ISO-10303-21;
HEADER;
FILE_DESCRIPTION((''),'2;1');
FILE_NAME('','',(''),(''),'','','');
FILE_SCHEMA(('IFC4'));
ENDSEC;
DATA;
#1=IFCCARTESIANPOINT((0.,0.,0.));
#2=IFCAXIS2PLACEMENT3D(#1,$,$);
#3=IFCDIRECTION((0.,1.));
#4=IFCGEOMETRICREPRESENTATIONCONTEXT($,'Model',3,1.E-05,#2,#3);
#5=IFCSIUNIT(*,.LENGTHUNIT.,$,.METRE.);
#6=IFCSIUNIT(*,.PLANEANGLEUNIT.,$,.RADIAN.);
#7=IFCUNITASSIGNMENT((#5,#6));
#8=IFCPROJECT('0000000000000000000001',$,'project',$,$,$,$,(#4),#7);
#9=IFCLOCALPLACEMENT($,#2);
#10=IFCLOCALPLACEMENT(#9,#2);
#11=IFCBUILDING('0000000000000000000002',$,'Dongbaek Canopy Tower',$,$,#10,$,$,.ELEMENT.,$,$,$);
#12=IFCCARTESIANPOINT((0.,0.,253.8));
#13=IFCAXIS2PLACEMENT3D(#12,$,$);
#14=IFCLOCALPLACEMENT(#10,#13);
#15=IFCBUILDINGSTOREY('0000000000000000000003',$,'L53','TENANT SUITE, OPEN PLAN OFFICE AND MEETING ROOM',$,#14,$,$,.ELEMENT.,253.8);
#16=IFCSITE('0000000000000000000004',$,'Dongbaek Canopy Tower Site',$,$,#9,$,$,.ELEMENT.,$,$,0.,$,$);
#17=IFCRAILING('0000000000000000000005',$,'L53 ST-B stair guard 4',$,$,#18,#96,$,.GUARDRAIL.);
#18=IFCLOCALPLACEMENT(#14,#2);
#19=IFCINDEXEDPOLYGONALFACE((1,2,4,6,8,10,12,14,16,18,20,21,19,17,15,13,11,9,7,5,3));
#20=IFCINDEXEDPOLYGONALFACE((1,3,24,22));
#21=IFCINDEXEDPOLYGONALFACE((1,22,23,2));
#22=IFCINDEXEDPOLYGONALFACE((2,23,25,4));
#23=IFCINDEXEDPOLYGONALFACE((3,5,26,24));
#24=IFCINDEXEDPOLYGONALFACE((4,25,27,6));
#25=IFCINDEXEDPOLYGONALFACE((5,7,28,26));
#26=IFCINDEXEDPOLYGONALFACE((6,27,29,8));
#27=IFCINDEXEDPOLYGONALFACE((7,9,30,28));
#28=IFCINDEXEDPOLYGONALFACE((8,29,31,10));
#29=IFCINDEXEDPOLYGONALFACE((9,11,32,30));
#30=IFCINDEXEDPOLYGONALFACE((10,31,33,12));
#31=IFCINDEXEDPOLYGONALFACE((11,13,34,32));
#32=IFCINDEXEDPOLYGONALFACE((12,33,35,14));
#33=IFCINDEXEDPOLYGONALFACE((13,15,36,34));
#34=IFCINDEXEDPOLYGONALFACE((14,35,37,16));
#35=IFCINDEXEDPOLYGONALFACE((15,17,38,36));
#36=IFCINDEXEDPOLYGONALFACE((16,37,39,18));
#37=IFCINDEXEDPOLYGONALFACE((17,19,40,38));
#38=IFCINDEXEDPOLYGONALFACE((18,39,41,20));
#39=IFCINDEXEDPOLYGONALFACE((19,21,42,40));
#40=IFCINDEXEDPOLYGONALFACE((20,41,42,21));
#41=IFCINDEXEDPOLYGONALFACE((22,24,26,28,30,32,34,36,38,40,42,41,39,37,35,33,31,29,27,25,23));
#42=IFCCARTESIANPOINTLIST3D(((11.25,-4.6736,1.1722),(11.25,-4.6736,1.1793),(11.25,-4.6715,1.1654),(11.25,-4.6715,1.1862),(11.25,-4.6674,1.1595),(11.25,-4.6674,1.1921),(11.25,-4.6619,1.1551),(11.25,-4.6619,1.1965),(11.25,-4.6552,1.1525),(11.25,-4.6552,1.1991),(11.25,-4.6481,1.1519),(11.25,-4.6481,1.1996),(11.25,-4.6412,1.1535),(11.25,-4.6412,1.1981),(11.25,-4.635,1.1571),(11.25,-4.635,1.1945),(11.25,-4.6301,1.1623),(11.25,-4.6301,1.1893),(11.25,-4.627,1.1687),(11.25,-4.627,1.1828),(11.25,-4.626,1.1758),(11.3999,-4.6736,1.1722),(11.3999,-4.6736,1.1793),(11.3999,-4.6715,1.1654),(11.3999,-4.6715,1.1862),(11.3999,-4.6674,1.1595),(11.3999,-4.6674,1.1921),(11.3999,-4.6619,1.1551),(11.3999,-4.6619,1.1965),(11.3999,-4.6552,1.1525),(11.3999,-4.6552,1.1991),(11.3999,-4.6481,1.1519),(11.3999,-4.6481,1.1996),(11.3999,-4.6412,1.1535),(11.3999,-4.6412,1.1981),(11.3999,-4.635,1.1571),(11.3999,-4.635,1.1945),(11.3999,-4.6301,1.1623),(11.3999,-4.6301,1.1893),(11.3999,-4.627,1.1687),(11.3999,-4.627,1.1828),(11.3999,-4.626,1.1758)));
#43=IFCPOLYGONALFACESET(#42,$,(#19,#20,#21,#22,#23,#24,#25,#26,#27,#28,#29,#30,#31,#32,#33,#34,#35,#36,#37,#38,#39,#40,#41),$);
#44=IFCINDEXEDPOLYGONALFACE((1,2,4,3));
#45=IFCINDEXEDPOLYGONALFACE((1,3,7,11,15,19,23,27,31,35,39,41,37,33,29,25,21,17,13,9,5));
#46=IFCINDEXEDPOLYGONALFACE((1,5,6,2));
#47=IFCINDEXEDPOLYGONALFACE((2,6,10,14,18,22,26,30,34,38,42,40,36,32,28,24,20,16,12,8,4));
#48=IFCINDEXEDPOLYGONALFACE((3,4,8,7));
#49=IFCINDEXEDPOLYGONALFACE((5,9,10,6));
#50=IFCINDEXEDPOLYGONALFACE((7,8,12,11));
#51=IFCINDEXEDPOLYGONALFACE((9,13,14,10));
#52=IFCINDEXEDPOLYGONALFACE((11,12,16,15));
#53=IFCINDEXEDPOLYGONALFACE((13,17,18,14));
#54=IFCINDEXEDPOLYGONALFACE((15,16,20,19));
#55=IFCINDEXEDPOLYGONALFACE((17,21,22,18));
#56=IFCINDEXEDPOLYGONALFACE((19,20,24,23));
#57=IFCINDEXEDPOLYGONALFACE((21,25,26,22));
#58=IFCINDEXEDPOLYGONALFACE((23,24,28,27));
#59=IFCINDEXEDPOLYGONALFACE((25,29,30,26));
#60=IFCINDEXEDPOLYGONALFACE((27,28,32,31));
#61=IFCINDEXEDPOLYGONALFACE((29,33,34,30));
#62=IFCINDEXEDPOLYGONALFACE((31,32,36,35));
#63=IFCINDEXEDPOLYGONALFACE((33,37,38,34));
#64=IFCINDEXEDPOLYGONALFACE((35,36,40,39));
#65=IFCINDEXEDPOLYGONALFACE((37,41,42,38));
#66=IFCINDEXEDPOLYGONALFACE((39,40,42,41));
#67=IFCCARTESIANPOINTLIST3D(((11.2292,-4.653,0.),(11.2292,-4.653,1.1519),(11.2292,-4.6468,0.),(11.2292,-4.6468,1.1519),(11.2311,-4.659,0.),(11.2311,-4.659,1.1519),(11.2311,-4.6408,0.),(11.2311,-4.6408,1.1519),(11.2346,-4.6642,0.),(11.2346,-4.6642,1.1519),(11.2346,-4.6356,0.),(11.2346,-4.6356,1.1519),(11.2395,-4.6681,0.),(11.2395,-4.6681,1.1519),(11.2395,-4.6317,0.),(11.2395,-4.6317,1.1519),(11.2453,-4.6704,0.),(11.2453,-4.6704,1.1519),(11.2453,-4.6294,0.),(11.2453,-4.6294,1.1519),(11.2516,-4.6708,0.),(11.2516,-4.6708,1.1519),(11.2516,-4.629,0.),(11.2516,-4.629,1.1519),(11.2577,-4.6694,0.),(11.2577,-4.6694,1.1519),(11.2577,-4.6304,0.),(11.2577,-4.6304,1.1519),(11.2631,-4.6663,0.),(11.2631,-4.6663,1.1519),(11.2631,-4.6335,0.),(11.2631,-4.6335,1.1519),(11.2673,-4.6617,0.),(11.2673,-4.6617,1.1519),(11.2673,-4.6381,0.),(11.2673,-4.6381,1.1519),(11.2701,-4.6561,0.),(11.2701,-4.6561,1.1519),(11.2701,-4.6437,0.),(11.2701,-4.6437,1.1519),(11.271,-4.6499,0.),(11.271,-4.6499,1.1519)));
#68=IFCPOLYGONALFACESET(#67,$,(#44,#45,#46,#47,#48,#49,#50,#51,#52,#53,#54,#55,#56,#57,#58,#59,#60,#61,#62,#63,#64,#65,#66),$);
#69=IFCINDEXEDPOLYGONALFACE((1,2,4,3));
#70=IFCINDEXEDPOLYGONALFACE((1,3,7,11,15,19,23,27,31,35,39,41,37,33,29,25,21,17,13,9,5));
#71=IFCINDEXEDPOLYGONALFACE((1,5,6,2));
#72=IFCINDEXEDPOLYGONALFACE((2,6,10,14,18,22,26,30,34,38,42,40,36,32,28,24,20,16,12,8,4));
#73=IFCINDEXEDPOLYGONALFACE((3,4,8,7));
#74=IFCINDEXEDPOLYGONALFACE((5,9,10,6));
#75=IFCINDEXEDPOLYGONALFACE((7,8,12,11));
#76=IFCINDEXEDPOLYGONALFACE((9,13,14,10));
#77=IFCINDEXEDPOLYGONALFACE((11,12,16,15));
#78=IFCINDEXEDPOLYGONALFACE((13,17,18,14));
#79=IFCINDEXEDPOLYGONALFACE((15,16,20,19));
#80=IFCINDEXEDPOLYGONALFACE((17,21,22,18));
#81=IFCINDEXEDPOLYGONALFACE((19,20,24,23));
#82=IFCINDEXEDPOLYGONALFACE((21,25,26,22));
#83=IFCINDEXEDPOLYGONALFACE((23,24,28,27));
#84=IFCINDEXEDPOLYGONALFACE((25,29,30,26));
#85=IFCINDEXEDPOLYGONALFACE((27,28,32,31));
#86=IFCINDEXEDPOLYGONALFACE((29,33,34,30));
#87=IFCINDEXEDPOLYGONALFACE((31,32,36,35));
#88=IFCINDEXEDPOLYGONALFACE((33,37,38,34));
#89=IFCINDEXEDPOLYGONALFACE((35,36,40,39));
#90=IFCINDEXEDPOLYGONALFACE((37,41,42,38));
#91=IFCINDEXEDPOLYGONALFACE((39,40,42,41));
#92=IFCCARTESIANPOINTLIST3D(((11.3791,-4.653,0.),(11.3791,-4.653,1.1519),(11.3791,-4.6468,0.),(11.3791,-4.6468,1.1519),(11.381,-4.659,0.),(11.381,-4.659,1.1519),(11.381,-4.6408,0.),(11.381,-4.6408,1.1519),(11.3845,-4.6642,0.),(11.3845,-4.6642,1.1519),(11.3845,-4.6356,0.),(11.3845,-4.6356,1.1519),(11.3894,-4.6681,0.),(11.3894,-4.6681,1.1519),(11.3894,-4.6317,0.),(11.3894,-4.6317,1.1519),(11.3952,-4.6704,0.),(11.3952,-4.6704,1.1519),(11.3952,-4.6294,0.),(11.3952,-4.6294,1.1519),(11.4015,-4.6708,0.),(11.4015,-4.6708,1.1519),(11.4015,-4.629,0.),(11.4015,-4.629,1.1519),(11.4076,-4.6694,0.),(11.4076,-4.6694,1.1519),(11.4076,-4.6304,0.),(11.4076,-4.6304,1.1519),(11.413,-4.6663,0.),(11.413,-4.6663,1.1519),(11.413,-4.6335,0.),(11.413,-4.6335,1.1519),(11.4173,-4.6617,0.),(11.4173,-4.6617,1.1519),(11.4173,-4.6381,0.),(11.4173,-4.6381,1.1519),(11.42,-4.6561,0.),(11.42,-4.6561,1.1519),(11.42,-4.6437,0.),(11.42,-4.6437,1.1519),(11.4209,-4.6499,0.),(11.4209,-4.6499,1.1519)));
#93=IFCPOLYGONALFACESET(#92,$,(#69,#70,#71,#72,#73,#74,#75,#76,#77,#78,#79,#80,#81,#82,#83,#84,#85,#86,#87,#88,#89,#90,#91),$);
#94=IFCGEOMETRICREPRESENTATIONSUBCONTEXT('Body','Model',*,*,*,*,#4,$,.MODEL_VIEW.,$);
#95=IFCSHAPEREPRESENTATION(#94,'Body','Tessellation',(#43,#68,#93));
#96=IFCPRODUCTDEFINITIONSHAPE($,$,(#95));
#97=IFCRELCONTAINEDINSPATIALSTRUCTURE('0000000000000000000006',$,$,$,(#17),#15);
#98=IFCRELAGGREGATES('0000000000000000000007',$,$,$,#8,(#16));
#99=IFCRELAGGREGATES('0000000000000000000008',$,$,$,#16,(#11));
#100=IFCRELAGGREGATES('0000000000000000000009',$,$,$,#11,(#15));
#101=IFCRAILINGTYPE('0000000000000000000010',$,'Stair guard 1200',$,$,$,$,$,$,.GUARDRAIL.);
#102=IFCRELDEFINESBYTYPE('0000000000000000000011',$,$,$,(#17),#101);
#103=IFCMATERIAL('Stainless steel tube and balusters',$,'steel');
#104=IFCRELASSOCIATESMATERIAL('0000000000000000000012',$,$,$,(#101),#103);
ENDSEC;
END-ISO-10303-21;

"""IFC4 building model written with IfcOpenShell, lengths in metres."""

from ifc_helpers import new_model, si_unit, direction, frame, origin, origin_2d, place, context, subcontext, project, spatial, circle, extrude, material, type_object, element, save


model = new_model("IFC4")

# Units and contexts
model_context = context("Model", 3, precision=1e-05, world=origin(), true_north=direction((0.0, 1.0)))
body_context = subcontext(model_context, "Body", "Model", "MODEL_VIEW")
ifc_project = project(units=[si_unit("LENGTHUNIT", "METRE"), si_unit("PLANEANGLEUNIT", "RADIAN")], contexts=[model_context])

# Site, building, storey
site_placement = place(None, origin())
site = spatial("IfcSite", under=ifc_project, at=site_placement, Name="Dongbaek Canopy Tower Site", CompositionType="ELEMENT", RefElevation=0.0)
building_placement = place(site_placement, origin())
building = spatial("IfcBuilding", under=site, at=building_placement, Name="Dongbaek Canopy Tower", CompositionType="ELEMENT")
storey_placement = place(building_placement, frame((0.0, 0.0, 253.8)))
storey = spatial("IfcBuildingStorey", under=building, at=storey_placement, Name="L53", Description="TENANT SUITE, OPEN PLAN OFFICE AND MEETING ROOM", CompositionType="ELEMENT", Elevation=253.8)

# Railing
ifc_material_1 = material(Name="Stainless steel tube and balusters", Category="steel")
railing_type_1 = type_object("IfcRailingType", Name="Stair guard 1200", PredefinedType="GUARDRAIL", material=ifc_material_1)
railing_1_placement = place(storey_placement, frame((11.25, -4.6499, 0.0)))
element("IfcRailing", 1, at=railing_1_placement, inside=storey, type_object=railing_type_1, Name="L53 ST-B stair guard 4", PredefinedType="GUARDRAIL", context=body_context, shape_type="SweptSolid", body=[
    extrude(circle(Radius=0.0239, at=origin_2d()), frame((0.0, 0.0, 1.1758), z_axis=(1.0, 0.0, 0.0), x_axis=(0.0, 1.0, 0.0)), (0.0, 0.0, 1.0), 0.1499),
    extrude(circle(Radius=0.021, at=origin_2d()), origin(), (0.0, 0.0, 1.0), 1.1519),
    extrude(circle(Radius=0.021, at=origin_2d()), frame((0.1499, 0.0, 0.0)), (0.0, 0.0, 1.0), 1.1519),
])

save(model, "model.ifc")
